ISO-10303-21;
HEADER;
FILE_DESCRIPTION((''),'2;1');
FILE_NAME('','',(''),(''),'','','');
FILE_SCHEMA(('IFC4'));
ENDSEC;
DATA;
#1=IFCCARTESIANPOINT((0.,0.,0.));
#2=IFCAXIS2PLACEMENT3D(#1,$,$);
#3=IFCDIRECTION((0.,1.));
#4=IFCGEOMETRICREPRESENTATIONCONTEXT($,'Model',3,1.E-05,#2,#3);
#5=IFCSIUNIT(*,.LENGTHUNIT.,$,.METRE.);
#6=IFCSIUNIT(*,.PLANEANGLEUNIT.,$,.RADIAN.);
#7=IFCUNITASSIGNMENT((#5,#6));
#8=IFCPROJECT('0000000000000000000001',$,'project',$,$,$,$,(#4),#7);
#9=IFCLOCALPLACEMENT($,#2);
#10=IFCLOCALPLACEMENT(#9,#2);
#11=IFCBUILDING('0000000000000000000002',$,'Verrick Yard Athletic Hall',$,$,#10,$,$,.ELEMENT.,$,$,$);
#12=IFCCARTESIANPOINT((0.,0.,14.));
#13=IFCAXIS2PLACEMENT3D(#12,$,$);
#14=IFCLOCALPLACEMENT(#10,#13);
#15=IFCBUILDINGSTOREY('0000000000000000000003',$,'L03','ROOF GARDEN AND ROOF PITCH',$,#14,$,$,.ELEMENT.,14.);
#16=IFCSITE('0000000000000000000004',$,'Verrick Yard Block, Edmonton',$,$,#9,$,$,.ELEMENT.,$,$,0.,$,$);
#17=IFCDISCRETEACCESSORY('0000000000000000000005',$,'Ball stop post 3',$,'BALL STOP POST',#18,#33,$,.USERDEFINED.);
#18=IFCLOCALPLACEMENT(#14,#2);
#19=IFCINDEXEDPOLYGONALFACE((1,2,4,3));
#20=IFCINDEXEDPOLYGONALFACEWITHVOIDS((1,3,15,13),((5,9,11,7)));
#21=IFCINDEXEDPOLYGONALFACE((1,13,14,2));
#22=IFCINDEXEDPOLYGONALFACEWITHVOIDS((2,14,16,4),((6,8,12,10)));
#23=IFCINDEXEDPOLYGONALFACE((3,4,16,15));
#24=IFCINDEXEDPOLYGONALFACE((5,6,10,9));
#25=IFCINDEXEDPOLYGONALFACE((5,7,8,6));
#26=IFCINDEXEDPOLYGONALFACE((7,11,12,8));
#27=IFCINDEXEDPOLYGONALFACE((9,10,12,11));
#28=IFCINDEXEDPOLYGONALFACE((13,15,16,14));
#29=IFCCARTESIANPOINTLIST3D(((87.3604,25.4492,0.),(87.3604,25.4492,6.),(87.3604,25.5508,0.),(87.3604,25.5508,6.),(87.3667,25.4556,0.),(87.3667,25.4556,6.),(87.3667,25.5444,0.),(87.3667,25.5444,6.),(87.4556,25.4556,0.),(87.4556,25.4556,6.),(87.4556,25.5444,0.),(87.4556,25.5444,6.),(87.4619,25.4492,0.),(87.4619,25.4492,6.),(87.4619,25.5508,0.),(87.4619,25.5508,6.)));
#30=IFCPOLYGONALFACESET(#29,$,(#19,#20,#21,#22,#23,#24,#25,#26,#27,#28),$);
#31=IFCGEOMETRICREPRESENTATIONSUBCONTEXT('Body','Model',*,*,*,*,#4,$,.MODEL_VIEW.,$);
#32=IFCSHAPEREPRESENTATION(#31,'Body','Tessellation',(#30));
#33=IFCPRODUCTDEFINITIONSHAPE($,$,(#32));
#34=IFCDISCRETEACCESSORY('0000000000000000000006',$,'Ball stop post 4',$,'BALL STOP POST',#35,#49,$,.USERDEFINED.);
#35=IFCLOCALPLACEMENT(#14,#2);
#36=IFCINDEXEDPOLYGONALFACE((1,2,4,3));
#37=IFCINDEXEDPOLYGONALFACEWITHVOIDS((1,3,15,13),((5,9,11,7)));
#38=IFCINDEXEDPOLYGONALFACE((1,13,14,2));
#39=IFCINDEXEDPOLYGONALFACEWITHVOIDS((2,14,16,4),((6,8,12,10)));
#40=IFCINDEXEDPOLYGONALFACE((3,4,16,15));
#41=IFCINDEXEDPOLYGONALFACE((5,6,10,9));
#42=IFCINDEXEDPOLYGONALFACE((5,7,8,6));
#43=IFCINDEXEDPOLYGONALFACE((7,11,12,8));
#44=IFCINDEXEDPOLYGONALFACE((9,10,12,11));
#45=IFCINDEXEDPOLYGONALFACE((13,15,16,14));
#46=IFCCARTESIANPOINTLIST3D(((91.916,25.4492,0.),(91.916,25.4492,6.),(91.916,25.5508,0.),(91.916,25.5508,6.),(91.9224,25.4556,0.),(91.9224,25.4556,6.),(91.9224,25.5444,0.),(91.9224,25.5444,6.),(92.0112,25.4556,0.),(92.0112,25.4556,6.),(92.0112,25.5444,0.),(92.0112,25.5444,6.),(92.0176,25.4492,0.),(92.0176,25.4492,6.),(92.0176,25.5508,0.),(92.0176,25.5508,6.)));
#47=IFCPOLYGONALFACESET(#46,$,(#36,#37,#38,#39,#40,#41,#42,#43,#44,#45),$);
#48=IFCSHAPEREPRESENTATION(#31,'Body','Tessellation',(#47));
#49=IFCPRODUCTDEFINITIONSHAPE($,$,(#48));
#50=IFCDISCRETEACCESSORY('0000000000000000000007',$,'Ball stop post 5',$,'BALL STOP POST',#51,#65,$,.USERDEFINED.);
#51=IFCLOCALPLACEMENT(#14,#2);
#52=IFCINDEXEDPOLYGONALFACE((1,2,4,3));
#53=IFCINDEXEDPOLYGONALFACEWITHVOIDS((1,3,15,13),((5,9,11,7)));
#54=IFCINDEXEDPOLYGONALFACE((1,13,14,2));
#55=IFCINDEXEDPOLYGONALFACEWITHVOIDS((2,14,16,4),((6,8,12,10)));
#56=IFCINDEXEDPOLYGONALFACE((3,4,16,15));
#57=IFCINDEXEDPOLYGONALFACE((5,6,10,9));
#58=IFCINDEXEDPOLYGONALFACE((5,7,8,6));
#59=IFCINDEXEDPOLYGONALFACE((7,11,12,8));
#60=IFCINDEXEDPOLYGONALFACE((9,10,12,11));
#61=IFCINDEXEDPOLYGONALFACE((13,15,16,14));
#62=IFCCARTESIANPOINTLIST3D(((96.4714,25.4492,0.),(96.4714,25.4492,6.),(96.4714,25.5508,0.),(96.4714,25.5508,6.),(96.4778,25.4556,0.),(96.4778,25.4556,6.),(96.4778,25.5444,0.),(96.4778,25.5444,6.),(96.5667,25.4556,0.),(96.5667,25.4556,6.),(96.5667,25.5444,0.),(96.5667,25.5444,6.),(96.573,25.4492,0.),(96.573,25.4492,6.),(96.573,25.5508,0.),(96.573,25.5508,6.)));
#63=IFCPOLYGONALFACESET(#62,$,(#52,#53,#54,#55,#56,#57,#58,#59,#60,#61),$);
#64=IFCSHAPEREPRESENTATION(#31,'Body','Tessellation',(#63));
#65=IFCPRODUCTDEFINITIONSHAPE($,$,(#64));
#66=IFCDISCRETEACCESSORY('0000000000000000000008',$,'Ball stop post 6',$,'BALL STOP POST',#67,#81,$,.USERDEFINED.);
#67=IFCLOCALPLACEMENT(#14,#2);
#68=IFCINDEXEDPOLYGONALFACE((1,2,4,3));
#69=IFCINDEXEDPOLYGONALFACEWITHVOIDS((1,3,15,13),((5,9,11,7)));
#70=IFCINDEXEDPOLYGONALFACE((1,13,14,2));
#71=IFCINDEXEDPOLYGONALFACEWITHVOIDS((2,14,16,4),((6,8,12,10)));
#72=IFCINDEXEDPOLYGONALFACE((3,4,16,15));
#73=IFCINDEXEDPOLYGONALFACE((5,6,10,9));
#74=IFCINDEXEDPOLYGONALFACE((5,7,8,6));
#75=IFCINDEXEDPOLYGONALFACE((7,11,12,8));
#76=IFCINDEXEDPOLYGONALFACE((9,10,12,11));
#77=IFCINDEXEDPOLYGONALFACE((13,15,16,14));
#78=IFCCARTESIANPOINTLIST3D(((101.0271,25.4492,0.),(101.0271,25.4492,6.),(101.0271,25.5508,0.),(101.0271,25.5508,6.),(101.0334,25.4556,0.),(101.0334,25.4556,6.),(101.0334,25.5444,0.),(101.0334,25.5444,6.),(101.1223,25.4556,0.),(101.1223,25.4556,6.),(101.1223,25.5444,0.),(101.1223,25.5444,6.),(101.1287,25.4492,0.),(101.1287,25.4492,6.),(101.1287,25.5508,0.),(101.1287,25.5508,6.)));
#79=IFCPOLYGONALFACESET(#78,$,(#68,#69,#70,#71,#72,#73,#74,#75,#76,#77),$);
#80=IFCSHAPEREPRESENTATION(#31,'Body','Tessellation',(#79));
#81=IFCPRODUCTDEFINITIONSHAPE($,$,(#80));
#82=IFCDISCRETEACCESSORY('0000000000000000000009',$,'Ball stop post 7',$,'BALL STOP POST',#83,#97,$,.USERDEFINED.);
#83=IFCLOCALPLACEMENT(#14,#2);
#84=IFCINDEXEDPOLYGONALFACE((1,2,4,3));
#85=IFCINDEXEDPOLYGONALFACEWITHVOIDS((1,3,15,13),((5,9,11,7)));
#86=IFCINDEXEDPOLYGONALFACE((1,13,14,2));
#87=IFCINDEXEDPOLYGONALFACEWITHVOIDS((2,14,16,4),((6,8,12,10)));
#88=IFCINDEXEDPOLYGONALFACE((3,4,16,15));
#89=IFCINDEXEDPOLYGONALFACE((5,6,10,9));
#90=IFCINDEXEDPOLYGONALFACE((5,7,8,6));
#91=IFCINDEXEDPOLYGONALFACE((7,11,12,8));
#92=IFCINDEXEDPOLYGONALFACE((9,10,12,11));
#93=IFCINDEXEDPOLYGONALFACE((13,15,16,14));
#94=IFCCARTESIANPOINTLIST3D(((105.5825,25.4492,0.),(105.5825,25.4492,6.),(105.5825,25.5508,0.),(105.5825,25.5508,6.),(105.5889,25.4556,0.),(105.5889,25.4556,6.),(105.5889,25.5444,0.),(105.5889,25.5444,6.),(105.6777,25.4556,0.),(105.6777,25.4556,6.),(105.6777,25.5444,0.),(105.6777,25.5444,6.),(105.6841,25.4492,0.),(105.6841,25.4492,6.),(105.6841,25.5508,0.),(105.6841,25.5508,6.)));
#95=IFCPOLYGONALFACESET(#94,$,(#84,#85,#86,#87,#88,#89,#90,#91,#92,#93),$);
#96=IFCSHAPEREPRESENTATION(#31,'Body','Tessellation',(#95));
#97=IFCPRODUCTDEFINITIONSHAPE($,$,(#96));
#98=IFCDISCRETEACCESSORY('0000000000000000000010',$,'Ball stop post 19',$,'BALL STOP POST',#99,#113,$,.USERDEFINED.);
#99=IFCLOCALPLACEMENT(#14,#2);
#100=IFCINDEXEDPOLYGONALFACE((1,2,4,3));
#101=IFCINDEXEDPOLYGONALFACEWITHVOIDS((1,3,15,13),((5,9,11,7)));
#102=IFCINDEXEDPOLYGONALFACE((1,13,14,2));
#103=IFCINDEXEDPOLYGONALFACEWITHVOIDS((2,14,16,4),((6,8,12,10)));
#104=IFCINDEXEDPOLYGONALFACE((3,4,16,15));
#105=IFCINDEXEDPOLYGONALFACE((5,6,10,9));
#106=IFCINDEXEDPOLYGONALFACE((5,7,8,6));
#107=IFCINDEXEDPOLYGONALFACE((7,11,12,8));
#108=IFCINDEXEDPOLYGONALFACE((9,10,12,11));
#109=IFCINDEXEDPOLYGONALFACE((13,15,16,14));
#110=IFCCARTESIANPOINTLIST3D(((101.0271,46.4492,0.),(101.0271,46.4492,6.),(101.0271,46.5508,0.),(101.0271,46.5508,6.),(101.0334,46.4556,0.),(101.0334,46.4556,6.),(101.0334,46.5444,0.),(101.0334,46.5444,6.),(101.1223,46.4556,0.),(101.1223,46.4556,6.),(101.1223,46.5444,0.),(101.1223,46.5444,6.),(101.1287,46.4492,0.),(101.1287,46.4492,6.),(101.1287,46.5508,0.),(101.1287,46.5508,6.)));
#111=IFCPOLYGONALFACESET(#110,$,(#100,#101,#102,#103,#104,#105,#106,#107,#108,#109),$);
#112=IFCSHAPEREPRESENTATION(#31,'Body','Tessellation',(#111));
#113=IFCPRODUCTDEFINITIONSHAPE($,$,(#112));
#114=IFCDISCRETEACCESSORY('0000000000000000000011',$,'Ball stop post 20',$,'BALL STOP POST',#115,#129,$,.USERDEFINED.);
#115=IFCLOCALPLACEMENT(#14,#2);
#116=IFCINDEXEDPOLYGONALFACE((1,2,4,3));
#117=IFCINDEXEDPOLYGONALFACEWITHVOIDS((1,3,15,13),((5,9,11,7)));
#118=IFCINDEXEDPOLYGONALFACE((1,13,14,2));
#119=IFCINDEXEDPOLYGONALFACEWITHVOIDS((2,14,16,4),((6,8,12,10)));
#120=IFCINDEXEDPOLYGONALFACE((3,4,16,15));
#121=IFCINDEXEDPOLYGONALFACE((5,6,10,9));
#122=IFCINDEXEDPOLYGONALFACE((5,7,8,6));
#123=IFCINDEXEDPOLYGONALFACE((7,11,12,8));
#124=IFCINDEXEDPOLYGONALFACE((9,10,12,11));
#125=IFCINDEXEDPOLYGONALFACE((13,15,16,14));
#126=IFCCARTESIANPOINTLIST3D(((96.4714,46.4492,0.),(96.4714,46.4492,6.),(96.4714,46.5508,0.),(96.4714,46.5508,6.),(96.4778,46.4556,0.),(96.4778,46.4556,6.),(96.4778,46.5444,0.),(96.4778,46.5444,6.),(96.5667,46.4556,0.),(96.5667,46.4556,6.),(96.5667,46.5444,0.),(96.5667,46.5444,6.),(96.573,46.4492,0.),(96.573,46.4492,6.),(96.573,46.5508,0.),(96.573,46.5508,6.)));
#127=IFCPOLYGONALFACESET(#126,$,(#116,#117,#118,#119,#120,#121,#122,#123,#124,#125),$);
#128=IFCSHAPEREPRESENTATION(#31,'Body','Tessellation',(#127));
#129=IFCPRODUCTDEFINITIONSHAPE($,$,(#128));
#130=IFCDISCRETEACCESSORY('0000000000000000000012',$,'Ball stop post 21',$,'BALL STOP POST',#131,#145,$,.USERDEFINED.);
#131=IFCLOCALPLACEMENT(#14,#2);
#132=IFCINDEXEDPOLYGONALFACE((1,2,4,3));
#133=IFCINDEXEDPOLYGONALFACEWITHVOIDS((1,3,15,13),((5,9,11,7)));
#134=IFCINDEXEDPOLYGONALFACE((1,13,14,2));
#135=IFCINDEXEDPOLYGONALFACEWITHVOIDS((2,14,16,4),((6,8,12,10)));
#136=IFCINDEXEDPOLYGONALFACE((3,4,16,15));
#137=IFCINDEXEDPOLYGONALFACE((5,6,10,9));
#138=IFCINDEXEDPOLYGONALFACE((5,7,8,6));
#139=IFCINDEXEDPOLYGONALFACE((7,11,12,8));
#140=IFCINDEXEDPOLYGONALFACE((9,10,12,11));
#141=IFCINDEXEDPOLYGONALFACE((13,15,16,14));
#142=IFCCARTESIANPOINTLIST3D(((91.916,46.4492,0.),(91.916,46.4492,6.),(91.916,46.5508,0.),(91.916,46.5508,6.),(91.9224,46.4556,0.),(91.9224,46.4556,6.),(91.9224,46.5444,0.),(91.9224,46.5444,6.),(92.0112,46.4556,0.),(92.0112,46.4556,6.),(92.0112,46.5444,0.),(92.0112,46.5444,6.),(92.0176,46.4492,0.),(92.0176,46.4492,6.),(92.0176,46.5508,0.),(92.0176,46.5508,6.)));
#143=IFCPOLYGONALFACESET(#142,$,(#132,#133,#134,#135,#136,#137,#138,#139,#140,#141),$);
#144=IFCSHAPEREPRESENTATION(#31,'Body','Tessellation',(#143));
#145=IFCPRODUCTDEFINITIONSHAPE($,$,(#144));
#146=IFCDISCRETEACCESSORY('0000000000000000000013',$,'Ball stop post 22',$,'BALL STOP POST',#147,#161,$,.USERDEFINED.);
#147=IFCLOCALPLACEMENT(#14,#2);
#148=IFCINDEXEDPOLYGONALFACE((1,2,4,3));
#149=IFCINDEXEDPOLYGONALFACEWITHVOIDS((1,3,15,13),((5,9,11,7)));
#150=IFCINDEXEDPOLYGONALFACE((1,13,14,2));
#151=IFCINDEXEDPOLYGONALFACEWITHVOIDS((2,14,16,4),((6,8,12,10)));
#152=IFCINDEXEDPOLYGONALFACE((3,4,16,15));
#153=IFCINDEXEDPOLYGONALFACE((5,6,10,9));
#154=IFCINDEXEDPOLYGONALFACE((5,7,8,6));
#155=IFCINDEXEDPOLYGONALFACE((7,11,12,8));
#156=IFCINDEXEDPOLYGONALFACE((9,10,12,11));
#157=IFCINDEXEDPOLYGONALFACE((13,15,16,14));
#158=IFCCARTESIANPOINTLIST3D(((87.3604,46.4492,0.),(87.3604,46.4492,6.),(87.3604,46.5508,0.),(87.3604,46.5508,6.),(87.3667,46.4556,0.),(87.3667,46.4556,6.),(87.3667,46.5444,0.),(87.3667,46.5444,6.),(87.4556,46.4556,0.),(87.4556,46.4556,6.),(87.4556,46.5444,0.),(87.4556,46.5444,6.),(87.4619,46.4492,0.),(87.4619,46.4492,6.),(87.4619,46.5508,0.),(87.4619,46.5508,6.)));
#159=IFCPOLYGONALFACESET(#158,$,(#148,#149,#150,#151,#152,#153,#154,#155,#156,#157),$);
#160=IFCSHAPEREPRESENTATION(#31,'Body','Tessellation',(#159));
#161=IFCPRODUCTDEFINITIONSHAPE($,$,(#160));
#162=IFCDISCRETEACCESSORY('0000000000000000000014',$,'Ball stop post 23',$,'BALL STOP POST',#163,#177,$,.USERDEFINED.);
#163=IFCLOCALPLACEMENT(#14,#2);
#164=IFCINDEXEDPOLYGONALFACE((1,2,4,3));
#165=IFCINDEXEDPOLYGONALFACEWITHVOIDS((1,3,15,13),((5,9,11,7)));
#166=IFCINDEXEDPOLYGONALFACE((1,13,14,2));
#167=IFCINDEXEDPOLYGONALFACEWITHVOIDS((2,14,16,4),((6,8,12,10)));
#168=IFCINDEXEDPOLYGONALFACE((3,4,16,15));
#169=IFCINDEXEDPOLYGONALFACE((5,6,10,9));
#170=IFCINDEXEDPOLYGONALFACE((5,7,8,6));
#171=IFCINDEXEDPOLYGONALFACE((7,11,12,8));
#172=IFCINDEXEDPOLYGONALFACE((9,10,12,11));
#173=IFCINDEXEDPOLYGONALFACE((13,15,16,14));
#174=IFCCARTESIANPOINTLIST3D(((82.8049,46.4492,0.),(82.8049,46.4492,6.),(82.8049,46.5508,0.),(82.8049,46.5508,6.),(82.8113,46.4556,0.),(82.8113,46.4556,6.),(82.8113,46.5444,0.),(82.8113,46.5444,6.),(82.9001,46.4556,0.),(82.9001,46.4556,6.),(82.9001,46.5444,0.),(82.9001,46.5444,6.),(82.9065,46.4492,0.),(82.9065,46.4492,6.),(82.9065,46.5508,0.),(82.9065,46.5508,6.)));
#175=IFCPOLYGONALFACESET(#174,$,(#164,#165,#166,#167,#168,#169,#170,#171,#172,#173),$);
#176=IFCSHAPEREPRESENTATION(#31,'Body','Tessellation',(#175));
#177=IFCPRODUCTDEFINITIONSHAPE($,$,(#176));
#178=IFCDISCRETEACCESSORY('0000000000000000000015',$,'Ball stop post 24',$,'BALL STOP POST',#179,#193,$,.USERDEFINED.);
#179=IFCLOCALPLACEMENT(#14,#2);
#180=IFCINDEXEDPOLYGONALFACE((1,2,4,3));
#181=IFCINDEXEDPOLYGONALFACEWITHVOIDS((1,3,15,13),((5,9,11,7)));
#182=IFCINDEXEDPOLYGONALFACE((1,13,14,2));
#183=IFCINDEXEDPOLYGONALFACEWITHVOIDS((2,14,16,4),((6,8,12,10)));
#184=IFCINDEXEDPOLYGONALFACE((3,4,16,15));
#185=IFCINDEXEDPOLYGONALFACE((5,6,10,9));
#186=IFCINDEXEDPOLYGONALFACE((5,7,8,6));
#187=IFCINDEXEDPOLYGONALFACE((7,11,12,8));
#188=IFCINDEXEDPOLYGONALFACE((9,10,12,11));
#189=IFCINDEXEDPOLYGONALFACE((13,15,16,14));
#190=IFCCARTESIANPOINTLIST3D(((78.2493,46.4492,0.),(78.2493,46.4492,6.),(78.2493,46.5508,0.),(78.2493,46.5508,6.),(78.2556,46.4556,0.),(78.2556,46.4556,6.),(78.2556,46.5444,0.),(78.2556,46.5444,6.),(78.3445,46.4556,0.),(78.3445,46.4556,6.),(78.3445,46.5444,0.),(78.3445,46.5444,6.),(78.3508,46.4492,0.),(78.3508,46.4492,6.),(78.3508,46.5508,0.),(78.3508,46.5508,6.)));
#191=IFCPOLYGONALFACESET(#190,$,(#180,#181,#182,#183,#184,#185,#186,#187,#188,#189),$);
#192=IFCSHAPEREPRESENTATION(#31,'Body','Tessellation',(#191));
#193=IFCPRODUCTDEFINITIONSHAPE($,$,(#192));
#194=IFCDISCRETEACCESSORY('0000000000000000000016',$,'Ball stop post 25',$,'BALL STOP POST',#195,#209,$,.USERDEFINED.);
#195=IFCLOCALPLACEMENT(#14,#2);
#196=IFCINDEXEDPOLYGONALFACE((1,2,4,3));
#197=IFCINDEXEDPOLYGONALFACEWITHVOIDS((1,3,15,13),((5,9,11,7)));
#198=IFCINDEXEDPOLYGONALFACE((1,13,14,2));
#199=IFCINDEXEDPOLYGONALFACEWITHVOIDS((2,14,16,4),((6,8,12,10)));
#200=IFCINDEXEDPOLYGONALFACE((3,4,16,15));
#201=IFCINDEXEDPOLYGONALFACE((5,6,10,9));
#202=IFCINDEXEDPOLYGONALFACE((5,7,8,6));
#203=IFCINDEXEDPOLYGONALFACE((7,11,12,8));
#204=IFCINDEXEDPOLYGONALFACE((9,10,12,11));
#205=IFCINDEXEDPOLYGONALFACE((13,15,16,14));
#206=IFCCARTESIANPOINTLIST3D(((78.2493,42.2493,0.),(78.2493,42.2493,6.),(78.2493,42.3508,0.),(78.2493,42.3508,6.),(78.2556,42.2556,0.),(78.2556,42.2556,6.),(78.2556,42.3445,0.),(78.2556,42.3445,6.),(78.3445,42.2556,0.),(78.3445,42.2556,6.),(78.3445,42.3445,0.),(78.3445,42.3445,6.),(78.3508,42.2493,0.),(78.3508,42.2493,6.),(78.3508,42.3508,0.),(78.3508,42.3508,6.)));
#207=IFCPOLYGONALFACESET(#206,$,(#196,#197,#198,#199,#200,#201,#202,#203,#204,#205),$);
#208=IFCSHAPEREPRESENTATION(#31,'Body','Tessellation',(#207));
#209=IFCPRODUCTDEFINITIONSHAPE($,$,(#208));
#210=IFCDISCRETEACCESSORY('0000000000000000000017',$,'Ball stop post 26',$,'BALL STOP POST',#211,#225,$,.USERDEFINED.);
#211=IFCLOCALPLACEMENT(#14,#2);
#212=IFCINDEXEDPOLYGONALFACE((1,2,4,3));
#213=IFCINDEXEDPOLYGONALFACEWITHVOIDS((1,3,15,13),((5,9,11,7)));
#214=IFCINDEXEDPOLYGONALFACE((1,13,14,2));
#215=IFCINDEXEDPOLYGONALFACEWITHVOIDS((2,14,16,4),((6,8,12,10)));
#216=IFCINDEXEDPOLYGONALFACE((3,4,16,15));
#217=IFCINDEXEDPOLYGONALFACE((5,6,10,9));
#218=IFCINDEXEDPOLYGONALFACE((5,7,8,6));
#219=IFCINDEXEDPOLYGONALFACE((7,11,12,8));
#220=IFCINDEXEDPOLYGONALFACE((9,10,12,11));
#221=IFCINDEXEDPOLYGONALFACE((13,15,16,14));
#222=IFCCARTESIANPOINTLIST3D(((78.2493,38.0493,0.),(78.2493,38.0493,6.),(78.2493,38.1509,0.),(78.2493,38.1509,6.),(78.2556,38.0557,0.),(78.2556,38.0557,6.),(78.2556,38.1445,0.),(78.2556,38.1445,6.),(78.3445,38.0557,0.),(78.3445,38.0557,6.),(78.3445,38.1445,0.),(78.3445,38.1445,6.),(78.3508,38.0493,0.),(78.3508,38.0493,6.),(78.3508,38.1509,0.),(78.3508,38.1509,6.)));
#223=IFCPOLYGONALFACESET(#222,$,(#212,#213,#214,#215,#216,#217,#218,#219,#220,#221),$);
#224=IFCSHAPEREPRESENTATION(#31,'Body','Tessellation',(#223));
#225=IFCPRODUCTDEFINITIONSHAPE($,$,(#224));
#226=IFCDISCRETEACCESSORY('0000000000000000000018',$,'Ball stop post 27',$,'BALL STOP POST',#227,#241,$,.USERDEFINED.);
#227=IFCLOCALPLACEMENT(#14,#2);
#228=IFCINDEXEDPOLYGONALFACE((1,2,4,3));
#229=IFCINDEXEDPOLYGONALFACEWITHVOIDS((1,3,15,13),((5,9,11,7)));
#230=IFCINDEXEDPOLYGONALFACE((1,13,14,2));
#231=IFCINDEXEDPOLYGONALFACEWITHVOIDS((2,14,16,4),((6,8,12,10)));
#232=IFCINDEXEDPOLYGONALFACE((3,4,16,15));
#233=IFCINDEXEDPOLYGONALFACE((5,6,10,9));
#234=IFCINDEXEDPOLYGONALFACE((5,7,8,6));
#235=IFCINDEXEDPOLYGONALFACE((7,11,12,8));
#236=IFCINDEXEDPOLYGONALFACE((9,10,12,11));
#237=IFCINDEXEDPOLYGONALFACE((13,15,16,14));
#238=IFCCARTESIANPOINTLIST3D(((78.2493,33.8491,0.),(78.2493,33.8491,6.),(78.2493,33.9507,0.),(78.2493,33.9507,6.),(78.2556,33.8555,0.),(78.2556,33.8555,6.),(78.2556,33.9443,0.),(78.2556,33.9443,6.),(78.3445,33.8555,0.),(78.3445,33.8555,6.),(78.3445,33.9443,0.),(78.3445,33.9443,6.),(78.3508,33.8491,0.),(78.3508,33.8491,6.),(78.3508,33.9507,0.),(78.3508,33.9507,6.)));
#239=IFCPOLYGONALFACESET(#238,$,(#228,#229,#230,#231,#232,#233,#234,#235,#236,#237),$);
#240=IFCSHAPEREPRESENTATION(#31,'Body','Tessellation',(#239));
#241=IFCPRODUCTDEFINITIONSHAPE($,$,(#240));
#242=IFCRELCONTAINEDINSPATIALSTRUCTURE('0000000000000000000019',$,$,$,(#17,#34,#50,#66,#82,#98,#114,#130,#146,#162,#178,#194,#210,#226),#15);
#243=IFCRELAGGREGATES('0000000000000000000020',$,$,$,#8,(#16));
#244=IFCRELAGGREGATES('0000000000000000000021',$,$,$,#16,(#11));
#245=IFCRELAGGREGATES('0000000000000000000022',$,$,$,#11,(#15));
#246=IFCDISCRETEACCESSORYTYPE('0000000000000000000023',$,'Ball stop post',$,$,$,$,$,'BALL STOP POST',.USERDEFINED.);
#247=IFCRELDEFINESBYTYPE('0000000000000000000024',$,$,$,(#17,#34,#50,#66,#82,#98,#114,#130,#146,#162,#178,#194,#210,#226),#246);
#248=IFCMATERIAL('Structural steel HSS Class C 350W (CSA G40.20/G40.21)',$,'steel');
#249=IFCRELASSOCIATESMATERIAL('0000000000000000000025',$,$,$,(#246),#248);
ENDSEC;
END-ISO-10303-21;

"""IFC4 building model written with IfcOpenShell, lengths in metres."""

from ifc_helpers import new_model, si_unit, direction, frame, origin, origin_2d, place, context, subcontext, project, spatial, hollow_rectangle, extrude, material, type_object, element, save


model = new_model("IFC4")

# Units and contexts
model_context = context("Model", 3, precision=1e-05, world=origin(), true_north=direction((0.0, 1.0)))
body_context = subcontext(model_context, "Body", "Model", "MODEL_VIEW")
ifc_project = project(units=[si_unit("LENGTHUNIT", "METRE"), si_unit("PLANEANGLEUNIT", "RADIAN")], contexts=[model_context])

# Site, building, storey
site_placement = place(None, origin())
site = spatial("IfcSite", under=ifc_project, at=site_placement, Name="Verrick Yard Block, Edmonton", CompositionType="ELEMENT", RefElevation=0.0)
building_placement = place(site_placement, origin())
building = spatial("IfcBuilding", under=site, at=building_placement, Name="Verrick Yard Athletic Hall", CompositionType="ELEMENT")
storey_placement = place(building_placement, frame((0.0, 0.0, 14.0)))
storey = spatial("IfcBuildingStorey", under=building, at=storey_placement, Name="L03", Description="ROOF GARDEN AND ROOF PITCH", CompositionType="ELEMENT", Elevation=14.0)

# Discrete accessories
ifc_material_1 = material(Name="Structural steel HSS Class C 350W (CSA G40.20/G40.21)", Category="steel")
discrete_accessory_type = type_object("IfcDiscreteAccessoryType", Name="Ball stop post", ElementType="BALL STOP POST", PredefinedType="USERDEFINED", material=ifc_material_1)
for number, where, z_axis, x_axis, name in (
    (1, (87.4111, 25.5, 0.0), (0.0, 0.0, 1.0), (1.0, 0.0, 0.0), "Ball stop post 3"),
    (2, (91.9668, 25.5, 0.0), (0.0, 0.0, 1.0), (1.0, 0.0, 0.0), "Ball stop post 4"),
    (3, (96.5222, 25.5, 0.0), (0.0, 0.0, 1.0), (1.0, 0.0, 0.0), "Ball stop post 5"),
    (4, (101.0779, 25.5, 0.0), (0.0, 0.0, 1.0), (1.0, 0.0, 0.0), "Ball stop post 6"),
    (5, (105.6333, 25.5, 0.0), (0.0, 0.0, 1.0), (1.0, 0.0, 0.0), "Ball stop post 7"),
    (6, (101.0779, 46.5, 0.0), (0.0, 0.0, 1.0), (1.0, 0.0, 0.0), "Ball stop post 19"),
    (7, (96.5222, 46.5, 0.0), (0.0, 0.0, 1.0), (1.0, 0.0, 0.0), "Ball stop post 20"),
    (8, (91.9668, 46.5, 0.0), (0.0, 0.0, 1.0), (1.0, 0.0, 0.0), "Ball stop post 21"),
    (9, (87.4111, 46.5, 0.0), (0.0, 0.0, 1.0), (1.0, 0.0, 0.0), "Ball stop post 22"),
    (10, (82.8557, 46.5, 0.0), (0.0, 0.0, 1.0), (1.0, 0.0, 0.0), "Ball stop post 23"),
    (11, (78.3, 46.5, 0.0), (0.0, 0.0, 1.0), (1.0, 0.0, 0.0), "Ball stop post 24"),
    (12, (78.3, 42.3, 0.0), (0.0, 0.0, 1.0), (1.0, 0.0, 0.0), "Ball stop post 25"),
    (13, (78.3, 38.1001, 0.0), (0.0, 0.0, 1.0), (1.0, 0.0, 0.0), "Ball stop post 26"),
    (14, (78.3, 33.8999, 0.0), (0.0, 0.0, 1.0), (1.0, 0.0, 0.0), "Ball stop post 27"),
):
    element("IfcDiscreteAccessory", number, at=place(storey_placement, frame(where, z_axis=z_axis, x_axis=x_axis)), inside=storey, type_object=discrete_accessory_type, Name=name, ObjectType="BALL STOP POST", PredefinedType="USERDEFINED", context=body_context, shape_type="SweptSolid", body=[
        extrude(hollow_rectangle(XDim=0.1016, YDim=0.1016, WallThickness=0.0063, at=origin_2d()), origin(), (0.0, 0.0, 1.0), 6.0),
    ])

save(model, "model.ifc")
